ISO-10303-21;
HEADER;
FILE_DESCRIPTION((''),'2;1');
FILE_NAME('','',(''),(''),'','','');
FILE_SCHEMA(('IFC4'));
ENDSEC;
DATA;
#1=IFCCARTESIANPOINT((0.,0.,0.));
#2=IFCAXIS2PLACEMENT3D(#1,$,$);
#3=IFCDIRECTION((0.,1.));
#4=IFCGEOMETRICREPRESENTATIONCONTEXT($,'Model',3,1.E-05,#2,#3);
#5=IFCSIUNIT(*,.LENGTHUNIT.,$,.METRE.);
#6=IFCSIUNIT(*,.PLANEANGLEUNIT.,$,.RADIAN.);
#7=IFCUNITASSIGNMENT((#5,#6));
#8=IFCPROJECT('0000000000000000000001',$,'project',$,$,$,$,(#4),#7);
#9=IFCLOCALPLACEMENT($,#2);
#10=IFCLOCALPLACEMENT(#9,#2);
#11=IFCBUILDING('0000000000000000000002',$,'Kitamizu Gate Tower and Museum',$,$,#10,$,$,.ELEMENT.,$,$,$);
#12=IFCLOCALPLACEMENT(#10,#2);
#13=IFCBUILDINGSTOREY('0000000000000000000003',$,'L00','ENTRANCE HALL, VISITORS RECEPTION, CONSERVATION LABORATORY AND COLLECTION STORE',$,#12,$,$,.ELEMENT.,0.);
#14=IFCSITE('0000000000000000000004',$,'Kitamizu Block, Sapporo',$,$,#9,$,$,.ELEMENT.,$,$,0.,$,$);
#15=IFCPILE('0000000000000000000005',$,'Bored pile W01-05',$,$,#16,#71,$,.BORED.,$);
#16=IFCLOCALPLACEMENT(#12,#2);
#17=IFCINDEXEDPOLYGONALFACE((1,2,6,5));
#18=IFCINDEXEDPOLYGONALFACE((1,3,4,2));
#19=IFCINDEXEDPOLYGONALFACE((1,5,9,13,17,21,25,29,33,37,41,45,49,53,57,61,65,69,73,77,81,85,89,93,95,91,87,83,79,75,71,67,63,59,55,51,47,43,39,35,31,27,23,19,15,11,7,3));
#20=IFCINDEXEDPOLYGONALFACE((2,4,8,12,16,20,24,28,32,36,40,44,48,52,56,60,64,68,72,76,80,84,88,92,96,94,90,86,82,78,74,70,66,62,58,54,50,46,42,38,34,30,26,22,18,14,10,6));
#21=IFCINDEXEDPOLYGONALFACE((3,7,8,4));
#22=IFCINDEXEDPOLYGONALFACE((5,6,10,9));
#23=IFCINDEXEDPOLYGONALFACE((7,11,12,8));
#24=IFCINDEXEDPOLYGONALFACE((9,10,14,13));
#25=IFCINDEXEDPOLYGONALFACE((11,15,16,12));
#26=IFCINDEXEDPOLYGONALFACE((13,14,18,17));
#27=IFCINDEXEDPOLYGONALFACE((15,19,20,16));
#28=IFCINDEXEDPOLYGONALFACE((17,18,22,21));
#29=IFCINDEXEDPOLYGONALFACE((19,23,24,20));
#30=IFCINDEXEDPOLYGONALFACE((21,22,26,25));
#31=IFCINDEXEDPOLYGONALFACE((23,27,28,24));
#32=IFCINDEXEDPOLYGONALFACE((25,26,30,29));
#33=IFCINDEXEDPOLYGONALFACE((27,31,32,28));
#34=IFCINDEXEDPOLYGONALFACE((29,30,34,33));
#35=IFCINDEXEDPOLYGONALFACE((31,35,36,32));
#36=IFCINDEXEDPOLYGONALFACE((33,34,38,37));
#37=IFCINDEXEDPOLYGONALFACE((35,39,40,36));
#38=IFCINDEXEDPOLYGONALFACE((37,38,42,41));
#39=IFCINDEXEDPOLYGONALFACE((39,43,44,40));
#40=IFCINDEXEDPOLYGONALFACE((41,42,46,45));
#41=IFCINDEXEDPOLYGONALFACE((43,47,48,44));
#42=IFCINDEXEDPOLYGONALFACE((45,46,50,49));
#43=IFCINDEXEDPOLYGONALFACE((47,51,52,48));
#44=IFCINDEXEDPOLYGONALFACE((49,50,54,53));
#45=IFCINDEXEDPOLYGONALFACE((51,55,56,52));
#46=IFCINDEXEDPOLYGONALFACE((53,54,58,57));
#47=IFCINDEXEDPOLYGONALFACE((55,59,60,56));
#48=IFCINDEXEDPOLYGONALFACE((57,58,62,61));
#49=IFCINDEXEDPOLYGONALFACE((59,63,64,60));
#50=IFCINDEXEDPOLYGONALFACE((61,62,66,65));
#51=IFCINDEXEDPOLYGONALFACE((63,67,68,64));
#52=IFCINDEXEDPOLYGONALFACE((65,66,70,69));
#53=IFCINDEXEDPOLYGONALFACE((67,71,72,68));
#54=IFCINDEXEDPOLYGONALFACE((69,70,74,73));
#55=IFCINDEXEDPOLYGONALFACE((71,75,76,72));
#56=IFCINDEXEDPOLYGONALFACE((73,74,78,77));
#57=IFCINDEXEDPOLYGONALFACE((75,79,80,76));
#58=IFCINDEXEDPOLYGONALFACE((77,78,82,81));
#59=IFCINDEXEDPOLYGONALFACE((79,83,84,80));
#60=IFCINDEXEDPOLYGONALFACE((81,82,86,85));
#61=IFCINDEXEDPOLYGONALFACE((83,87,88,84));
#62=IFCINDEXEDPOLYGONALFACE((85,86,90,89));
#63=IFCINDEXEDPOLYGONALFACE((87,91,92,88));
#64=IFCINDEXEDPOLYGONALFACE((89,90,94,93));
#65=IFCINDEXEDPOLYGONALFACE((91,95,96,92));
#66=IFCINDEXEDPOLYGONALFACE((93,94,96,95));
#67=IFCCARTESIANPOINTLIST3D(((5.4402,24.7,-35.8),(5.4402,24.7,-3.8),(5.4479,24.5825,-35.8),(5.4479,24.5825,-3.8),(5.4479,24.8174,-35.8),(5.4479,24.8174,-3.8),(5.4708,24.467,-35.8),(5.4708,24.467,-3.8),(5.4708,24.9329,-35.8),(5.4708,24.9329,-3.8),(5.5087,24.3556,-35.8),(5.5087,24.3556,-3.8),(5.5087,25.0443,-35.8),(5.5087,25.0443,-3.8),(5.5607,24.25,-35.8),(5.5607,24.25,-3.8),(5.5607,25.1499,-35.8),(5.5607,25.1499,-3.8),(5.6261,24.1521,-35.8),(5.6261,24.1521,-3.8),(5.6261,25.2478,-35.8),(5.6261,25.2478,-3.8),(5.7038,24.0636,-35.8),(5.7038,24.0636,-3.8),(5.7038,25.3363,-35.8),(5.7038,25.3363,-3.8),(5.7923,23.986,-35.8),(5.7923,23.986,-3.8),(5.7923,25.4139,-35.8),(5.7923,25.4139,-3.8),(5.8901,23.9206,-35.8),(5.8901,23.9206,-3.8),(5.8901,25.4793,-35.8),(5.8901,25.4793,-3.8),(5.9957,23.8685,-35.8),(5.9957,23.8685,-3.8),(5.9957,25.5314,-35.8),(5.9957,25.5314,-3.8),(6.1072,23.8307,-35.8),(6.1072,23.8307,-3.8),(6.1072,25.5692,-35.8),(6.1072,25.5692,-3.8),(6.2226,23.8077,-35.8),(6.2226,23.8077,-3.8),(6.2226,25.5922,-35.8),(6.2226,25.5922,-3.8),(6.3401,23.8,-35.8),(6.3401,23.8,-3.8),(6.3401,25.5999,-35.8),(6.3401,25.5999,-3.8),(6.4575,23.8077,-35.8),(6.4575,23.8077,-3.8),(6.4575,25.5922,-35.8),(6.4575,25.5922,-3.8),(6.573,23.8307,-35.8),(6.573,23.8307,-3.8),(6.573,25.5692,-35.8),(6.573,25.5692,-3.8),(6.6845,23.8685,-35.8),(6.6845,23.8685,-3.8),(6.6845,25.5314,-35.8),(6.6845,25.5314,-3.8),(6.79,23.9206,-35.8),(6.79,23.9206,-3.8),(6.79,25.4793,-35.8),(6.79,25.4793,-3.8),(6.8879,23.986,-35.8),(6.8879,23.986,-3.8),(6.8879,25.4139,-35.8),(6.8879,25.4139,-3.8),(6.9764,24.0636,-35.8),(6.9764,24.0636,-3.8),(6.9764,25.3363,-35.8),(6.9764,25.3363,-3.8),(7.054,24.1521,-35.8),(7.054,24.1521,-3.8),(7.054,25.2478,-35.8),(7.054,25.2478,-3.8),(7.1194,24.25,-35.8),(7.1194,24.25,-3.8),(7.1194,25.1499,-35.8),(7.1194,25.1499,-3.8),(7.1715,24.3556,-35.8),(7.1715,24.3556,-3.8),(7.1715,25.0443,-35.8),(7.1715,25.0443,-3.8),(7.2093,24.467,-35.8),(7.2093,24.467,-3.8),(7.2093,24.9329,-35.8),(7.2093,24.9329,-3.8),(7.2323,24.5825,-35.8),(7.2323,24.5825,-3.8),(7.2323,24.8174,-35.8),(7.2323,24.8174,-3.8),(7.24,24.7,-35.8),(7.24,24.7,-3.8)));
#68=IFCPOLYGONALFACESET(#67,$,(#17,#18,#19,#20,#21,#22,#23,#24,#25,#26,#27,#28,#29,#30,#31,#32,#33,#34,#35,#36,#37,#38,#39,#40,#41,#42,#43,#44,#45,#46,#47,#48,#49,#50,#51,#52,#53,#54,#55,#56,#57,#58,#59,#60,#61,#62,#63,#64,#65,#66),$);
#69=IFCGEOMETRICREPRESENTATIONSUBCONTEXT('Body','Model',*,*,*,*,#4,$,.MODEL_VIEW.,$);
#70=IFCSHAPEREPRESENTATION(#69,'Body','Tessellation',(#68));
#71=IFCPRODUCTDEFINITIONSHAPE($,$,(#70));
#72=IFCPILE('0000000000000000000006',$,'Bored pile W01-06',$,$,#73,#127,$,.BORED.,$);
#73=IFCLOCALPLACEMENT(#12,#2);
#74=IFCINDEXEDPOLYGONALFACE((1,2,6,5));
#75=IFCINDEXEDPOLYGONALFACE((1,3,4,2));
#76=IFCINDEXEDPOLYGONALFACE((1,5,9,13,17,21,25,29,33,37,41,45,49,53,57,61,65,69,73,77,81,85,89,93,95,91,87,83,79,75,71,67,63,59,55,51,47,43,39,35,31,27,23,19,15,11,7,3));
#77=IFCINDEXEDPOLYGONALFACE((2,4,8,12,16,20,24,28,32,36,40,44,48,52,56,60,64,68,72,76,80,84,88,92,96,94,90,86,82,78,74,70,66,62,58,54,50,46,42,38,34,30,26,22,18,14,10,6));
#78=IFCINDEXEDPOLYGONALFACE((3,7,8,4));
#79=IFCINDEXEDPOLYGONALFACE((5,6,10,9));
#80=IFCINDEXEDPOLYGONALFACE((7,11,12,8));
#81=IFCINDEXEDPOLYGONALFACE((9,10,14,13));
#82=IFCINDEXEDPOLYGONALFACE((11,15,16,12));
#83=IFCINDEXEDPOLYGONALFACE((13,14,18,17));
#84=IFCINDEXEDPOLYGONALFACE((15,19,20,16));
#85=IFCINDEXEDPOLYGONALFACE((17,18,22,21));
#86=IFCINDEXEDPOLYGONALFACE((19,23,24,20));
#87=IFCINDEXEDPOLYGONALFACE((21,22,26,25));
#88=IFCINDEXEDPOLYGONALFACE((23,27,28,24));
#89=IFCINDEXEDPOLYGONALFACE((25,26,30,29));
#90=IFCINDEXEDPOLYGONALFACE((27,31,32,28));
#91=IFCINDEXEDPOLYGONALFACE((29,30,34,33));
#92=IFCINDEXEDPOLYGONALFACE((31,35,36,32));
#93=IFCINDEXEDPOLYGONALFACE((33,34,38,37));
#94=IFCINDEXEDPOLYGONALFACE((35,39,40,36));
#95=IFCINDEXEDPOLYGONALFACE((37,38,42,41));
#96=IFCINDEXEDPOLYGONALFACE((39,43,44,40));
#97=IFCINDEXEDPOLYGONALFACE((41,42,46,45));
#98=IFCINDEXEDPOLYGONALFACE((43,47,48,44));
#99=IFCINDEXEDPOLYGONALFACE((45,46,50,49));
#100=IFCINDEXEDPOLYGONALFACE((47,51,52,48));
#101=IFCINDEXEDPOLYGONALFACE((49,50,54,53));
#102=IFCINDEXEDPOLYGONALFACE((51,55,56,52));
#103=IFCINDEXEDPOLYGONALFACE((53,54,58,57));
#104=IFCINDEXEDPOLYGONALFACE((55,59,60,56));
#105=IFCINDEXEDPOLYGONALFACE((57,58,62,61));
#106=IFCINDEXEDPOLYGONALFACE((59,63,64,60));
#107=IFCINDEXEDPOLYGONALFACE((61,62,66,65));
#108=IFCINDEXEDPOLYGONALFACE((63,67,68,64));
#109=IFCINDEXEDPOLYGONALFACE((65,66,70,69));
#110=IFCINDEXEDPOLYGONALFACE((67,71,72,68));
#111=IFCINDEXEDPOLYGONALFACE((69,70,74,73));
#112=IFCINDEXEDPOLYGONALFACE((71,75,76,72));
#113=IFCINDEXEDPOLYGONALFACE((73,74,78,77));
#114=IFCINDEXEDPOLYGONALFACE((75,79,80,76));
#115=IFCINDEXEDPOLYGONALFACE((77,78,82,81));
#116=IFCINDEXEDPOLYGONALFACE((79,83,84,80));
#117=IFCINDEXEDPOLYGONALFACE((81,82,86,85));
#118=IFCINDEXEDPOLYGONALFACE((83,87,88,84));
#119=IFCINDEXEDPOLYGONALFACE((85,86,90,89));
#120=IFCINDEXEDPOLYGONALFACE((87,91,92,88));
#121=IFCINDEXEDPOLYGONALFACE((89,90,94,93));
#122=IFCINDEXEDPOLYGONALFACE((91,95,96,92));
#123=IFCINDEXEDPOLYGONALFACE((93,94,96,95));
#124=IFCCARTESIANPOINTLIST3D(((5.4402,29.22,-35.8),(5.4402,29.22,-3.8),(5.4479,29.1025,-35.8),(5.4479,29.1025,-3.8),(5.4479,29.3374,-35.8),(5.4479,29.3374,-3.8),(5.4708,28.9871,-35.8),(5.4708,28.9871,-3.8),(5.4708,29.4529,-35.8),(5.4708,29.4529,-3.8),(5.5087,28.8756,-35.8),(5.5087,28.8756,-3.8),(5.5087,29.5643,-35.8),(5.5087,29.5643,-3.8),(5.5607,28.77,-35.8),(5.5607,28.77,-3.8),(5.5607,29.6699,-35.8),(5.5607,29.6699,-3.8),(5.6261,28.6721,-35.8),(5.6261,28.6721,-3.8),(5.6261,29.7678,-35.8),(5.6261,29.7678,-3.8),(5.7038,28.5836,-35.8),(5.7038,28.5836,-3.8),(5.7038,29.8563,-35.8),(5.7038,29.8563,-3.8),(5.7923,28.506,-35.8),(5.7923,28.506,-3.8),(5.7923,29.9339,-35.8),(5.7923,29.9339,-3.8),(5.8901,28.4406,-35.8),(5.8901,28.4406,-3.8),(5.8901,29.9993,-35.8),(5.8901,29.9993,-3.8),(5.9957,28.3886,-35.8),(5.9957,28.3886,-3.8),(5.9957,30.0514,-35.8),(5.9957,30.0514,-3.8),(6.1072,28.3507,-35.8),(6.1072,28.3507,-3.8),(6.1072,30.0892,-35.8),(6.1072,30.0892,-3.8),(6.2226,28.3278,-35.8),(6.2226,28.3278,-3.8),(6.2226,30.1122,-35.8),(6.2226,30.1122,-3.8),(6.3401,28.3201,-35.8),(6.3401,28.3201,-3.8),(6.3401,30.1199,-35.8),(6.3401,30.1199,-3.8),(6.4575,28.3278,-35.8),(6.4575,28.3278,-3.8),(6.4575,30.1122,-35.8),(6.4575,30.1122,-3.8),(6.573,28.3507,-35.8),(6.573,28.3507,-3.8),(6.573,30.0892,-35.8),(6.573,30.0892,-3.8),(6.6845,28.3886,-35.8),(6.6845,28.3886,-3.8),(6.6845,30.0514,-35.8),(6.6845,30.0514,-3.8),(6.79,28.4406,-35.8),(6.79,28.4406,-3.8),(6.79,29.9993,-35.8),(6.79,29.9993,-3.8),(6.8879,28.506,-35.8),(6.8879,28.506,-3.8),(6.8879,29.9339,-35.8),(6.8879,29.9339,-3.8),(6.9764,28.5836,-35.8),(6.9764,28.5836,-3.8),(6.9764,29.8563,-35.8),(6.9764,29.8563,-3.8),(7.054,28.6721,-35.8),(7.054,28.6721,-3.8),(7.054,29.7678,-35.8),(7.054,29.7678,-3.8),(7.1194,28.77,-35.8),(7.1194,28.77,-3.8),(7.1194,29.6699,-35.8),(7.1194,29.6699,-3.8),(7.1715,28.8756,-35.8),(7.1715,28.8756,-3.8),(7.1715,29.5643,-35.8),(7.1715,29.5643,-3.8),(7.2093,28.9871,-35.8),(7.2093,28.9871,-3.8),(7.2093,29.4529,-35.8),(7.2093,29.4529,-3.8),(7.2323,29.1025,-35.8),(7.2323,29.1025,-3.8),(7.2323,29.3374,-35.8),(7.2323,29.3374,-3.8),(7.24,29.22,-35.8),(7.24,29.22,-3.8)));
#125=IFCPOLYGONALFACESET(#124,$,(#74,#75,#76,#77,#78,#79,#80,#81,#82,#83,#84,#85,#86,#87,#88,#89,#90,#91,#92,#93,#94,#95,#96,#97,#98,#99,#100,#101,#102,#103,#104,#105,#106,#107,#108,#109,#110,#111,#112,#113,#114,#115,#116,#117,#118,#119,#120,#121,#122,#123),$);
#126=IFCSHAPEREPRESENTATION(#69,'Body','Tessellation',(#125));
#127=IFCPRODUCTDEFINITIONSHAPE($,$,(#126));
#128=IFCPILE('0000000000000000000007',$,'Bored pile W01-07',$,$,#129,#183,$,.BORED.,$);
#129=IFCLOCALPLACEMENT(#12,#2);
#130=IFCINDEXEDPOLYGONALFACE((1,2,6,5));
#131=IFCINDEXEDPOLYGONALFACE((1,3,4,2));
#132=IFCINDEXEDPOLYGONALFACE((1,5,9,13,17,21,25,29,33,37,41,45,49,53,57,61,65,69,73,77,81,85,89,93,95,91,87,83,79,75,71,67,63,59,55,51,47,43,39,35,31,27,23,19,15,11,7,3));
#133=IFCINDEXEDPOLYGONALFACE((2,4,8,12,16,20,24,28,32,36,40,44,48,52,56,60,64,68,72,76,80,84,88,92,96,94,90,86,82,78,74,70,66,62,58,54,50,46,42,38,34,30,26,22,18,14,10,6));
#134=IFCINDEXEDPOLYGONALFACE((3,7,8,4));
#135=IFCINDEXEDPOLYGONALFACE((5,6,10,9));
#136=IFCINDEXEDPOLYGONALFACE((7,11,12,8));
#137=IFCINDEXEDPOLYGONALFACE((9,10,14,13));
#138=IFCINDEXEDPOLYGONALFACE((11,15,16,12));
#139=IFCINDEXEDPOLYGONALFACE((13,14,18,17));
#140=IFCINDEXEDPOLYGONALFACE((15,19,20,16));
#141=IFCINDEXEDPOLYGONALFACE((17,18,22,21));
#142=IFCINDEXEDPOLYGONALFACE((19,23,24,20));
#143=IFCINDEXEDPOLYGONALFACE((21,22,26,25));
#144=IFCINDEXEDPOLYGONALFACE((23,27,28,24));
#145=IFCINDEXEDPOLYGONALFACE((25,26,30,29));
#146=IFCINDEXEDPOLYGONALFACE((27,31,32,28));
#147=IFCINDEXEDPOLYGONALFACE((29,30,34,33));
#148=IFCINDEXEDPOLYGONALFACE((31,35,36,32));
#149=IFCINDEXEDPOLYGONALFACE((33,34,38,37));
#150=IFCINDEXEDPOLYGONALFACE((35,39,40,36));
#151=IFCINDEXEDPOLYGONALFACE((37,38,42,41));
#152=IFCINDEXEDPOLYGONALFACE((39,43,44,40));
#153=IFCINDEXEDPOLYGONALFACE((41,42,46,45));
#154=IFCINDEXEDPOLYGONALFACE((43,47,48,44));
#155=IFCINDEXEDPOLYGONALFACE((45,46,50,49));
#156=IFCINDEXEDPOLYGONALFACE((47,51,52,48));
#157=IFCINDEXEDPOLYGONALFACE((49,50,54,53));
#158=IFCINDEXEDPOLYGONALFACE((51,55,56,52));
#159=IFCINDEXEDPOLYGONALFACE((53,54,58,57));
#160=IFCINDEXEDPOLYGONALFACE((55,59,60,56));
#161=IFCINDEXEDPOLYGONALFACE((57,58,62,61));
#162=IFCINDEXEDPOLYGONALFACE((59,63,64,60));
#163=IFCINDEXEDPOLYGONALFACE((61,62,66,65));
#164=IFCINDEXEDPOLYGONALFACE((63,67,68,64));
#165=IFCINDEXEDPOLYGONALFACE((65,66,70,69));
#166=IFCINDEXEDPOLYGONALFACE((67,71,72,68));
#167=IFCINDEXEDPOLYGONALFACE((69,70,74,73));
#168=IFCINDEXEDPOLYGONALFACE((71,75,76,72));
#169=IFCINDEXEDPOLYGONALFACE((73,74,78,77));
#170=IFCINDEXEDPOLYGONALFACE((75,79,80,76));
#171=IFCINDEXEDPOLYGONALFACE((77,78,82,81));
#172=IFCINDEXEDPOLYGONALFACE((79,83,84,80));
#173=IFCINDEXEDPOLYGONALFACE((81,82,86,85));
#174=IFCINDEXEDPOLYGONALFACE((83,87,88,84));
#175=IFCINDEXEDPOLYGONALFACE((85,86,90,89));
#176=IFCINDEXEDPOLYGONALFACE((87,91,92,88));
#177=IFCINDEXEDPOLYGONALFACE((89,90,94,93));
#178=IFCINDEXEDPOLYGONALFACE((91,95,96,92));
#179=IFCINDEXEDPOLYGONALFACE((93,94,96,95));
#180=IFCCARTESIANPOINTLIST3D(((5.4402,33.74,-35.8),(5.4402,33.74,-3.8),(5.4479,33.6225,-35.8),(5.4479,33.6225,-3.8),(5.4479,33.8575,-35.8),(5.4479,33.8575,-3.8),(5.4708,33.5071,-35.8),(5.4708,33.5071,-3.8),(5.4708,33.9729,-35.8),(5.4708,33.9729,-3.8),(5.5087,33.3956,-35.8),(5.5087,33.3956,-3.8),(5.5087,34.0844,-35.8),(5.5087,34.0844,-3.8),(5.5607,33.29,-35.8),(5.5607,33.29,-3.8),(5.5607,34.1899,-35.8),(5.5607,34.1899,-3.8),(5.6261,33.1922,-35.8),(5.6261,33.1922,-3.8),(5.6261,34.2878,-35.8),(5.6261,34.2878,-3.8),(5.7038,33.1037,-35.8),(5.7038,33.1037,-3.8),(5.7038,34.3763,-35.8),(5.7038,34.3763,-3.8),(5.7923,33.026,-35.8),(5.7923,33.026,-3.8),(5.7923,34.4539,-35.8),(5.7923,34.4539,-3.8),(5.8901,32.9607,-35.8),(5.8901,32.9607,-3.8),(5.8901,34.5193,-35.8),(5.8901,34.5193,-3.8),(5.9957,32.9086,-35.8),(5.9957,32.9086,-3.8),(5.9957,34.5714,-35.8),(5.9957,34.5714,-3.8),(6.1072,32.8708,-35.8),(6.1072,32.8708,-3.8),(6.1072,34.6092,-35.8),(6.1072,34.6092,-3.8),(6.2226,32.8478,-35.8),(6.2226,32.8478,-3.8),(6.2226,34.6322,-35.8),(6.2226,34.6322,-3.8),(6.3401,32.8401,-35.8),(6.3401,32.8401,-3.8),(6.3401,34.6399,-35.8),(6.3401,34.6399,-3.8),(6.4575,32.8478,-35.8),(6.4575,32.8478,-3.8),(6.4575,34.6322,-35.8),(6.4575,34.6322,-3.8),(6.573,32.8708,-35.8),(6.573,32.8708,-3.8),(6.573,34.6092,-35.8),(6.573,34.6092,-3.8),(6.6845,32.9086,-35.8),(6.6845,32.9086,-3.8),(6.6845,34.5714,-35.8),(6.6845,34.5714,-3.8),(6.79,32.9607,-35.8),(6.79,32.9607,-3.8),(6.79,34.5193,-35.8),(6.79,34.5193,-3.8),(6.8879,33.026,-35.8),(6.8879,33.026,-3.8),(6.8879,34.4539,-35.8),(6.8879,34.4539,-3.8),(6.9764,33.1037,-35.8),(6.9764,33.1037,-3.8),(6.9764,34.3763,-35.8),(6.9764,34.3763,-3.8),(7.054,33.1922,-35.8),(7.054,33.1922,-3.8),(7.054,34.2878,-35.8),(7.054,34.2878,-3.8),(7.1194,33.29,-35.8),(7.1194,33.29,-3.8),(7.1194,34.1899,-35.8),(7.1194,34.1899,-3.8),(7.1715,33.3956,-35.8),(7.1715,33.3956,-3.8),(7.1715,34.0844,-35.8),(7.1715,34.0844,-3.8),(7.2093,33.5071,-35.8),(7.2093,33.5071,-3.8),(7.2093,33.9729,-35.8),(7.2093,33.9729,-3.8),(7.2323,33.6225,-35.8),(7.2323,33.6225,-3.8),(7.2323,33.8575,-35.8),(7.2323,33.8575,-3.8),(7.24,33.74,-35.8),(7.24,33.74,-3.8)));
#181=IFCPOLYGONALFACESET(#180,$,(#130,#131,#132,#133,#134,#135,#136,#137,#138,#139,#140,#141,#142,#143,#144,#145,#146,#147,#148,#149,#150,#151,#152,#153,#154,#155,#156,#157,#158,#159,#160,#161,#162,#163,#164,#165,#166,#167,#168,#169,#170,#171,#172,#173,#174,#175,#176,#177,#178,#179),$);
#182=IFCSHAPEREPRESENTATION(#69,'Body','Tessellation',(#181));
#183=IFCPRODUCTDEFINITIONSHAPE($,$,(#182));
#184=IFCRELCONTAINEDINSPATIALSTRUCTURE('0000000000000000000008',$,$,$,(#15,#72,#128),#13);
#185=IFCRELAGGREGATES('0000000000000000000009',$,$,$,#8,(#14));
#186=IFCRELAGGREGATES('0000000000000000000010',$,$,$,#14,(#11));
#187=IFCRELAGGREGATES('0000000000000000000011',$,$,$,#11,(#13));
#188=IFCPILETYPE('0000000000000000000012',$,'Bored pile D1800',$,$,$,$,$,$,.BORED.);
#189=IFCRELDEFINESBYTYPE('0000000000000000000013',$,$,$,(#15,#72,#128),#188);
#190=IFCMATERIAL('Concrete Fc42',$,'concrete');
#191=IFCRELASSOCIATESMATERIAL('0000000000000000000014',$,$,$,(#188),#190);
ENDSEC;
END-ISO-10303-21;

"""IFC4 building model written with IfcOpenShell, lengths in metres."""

from ifc_helpers import new_model, si_unit, direction, frame, origin, origin_2d, place, context, subcontext, project, spatial, circle, extrude, material, material_profile, profile_set, type_object, element, save


model = new_model("IFC4")

# Units and contexts
model_context = context("Model", 3, precision=1e-05, world=origin(), true_north=direction((0.0, 1.0)))
body_context = subcontext(model_context, "Body", "Model", "MODEL_VIEW")
ifc_project = project(units=[si_unit("LENGTHUNIT", "METRE"), si_unit("PLANEANGLEUNIT", "RADIAN")], contexts=[model_context])

# Site, building, storey
site_placement = place(None, origin())
site = spatial("IfcSite", under=ifc_project, at=site_placement, Name="Kitamizu Block, Sapporo", CompositionType="ELEMENT", RefElevation=0.0)
building_placement = place(site_placement, origin())
building = spatial("IfcBuilding", under=site, at=building_placement, Name="Kitamizu Gate Tower and Museum", CompositionType="ELEMENT")
storey_placement = place(building_placement, origin())
storey = spatial("IfcBuildingStorey", under=building, at=storey_placement, Name="L00", Description="ENTRANCE HALL, VISITORS RECEPTION, CONSERVATION LABORATORY AND COLLECTION STORE", CompositionType="ELEMENT", Elevation=0.0)

# Piles
ifc_material_1 = material(Name="Concrete Fc42", Category="concrete")
ifc_material_profile_1 = material_profile(ifc_material_1, circle(Radius=0.8999, at=origin_2d()), Name="Bored pile D1800")
ifc_profile_set_1 = profile_set([ifc_material_profile_1], Name="Concrete Fc42")
pile_type_1 = type_object("IfcPileType", Name="Bored pile D1800", PredefinedType="BORED", material=ifc_profile_set_1)
for number, where, z_axis, x_axis, name in (
    (1, (6.3401, 24.7, -3.8), (0.0, 0.0, -1.0), (1.0, 0.0, 0.0), "Bored pile W01-05"),
    (2, (6.3401, 29.22, -3.8), (0.0, 0.0, -1.0), (1.0, 0.0, 0.0), "Bored pile W01-06"),
    (3, (6.3401, 33.74, -3.8), (0.0, 0.0, -1.0), (1.0, 0.0, 0.0), "Bored pile W01-07"),
):
    element("IfcPile", number, at=place(storey_placement, frame(where, z_axis=z_axis, x_axis=x_axis)), inside=storey, type_object=pile_type_1, Name=name, PredefinedType="BORED", context=body_context, shape_type="SweptSolid", body=[
        extrude(circle(Radius=0.8999, at=origin_2d()), origin(), (0.0, 0.0, 1.0), 32.0),
    ])

save(model, "model.ifc")
